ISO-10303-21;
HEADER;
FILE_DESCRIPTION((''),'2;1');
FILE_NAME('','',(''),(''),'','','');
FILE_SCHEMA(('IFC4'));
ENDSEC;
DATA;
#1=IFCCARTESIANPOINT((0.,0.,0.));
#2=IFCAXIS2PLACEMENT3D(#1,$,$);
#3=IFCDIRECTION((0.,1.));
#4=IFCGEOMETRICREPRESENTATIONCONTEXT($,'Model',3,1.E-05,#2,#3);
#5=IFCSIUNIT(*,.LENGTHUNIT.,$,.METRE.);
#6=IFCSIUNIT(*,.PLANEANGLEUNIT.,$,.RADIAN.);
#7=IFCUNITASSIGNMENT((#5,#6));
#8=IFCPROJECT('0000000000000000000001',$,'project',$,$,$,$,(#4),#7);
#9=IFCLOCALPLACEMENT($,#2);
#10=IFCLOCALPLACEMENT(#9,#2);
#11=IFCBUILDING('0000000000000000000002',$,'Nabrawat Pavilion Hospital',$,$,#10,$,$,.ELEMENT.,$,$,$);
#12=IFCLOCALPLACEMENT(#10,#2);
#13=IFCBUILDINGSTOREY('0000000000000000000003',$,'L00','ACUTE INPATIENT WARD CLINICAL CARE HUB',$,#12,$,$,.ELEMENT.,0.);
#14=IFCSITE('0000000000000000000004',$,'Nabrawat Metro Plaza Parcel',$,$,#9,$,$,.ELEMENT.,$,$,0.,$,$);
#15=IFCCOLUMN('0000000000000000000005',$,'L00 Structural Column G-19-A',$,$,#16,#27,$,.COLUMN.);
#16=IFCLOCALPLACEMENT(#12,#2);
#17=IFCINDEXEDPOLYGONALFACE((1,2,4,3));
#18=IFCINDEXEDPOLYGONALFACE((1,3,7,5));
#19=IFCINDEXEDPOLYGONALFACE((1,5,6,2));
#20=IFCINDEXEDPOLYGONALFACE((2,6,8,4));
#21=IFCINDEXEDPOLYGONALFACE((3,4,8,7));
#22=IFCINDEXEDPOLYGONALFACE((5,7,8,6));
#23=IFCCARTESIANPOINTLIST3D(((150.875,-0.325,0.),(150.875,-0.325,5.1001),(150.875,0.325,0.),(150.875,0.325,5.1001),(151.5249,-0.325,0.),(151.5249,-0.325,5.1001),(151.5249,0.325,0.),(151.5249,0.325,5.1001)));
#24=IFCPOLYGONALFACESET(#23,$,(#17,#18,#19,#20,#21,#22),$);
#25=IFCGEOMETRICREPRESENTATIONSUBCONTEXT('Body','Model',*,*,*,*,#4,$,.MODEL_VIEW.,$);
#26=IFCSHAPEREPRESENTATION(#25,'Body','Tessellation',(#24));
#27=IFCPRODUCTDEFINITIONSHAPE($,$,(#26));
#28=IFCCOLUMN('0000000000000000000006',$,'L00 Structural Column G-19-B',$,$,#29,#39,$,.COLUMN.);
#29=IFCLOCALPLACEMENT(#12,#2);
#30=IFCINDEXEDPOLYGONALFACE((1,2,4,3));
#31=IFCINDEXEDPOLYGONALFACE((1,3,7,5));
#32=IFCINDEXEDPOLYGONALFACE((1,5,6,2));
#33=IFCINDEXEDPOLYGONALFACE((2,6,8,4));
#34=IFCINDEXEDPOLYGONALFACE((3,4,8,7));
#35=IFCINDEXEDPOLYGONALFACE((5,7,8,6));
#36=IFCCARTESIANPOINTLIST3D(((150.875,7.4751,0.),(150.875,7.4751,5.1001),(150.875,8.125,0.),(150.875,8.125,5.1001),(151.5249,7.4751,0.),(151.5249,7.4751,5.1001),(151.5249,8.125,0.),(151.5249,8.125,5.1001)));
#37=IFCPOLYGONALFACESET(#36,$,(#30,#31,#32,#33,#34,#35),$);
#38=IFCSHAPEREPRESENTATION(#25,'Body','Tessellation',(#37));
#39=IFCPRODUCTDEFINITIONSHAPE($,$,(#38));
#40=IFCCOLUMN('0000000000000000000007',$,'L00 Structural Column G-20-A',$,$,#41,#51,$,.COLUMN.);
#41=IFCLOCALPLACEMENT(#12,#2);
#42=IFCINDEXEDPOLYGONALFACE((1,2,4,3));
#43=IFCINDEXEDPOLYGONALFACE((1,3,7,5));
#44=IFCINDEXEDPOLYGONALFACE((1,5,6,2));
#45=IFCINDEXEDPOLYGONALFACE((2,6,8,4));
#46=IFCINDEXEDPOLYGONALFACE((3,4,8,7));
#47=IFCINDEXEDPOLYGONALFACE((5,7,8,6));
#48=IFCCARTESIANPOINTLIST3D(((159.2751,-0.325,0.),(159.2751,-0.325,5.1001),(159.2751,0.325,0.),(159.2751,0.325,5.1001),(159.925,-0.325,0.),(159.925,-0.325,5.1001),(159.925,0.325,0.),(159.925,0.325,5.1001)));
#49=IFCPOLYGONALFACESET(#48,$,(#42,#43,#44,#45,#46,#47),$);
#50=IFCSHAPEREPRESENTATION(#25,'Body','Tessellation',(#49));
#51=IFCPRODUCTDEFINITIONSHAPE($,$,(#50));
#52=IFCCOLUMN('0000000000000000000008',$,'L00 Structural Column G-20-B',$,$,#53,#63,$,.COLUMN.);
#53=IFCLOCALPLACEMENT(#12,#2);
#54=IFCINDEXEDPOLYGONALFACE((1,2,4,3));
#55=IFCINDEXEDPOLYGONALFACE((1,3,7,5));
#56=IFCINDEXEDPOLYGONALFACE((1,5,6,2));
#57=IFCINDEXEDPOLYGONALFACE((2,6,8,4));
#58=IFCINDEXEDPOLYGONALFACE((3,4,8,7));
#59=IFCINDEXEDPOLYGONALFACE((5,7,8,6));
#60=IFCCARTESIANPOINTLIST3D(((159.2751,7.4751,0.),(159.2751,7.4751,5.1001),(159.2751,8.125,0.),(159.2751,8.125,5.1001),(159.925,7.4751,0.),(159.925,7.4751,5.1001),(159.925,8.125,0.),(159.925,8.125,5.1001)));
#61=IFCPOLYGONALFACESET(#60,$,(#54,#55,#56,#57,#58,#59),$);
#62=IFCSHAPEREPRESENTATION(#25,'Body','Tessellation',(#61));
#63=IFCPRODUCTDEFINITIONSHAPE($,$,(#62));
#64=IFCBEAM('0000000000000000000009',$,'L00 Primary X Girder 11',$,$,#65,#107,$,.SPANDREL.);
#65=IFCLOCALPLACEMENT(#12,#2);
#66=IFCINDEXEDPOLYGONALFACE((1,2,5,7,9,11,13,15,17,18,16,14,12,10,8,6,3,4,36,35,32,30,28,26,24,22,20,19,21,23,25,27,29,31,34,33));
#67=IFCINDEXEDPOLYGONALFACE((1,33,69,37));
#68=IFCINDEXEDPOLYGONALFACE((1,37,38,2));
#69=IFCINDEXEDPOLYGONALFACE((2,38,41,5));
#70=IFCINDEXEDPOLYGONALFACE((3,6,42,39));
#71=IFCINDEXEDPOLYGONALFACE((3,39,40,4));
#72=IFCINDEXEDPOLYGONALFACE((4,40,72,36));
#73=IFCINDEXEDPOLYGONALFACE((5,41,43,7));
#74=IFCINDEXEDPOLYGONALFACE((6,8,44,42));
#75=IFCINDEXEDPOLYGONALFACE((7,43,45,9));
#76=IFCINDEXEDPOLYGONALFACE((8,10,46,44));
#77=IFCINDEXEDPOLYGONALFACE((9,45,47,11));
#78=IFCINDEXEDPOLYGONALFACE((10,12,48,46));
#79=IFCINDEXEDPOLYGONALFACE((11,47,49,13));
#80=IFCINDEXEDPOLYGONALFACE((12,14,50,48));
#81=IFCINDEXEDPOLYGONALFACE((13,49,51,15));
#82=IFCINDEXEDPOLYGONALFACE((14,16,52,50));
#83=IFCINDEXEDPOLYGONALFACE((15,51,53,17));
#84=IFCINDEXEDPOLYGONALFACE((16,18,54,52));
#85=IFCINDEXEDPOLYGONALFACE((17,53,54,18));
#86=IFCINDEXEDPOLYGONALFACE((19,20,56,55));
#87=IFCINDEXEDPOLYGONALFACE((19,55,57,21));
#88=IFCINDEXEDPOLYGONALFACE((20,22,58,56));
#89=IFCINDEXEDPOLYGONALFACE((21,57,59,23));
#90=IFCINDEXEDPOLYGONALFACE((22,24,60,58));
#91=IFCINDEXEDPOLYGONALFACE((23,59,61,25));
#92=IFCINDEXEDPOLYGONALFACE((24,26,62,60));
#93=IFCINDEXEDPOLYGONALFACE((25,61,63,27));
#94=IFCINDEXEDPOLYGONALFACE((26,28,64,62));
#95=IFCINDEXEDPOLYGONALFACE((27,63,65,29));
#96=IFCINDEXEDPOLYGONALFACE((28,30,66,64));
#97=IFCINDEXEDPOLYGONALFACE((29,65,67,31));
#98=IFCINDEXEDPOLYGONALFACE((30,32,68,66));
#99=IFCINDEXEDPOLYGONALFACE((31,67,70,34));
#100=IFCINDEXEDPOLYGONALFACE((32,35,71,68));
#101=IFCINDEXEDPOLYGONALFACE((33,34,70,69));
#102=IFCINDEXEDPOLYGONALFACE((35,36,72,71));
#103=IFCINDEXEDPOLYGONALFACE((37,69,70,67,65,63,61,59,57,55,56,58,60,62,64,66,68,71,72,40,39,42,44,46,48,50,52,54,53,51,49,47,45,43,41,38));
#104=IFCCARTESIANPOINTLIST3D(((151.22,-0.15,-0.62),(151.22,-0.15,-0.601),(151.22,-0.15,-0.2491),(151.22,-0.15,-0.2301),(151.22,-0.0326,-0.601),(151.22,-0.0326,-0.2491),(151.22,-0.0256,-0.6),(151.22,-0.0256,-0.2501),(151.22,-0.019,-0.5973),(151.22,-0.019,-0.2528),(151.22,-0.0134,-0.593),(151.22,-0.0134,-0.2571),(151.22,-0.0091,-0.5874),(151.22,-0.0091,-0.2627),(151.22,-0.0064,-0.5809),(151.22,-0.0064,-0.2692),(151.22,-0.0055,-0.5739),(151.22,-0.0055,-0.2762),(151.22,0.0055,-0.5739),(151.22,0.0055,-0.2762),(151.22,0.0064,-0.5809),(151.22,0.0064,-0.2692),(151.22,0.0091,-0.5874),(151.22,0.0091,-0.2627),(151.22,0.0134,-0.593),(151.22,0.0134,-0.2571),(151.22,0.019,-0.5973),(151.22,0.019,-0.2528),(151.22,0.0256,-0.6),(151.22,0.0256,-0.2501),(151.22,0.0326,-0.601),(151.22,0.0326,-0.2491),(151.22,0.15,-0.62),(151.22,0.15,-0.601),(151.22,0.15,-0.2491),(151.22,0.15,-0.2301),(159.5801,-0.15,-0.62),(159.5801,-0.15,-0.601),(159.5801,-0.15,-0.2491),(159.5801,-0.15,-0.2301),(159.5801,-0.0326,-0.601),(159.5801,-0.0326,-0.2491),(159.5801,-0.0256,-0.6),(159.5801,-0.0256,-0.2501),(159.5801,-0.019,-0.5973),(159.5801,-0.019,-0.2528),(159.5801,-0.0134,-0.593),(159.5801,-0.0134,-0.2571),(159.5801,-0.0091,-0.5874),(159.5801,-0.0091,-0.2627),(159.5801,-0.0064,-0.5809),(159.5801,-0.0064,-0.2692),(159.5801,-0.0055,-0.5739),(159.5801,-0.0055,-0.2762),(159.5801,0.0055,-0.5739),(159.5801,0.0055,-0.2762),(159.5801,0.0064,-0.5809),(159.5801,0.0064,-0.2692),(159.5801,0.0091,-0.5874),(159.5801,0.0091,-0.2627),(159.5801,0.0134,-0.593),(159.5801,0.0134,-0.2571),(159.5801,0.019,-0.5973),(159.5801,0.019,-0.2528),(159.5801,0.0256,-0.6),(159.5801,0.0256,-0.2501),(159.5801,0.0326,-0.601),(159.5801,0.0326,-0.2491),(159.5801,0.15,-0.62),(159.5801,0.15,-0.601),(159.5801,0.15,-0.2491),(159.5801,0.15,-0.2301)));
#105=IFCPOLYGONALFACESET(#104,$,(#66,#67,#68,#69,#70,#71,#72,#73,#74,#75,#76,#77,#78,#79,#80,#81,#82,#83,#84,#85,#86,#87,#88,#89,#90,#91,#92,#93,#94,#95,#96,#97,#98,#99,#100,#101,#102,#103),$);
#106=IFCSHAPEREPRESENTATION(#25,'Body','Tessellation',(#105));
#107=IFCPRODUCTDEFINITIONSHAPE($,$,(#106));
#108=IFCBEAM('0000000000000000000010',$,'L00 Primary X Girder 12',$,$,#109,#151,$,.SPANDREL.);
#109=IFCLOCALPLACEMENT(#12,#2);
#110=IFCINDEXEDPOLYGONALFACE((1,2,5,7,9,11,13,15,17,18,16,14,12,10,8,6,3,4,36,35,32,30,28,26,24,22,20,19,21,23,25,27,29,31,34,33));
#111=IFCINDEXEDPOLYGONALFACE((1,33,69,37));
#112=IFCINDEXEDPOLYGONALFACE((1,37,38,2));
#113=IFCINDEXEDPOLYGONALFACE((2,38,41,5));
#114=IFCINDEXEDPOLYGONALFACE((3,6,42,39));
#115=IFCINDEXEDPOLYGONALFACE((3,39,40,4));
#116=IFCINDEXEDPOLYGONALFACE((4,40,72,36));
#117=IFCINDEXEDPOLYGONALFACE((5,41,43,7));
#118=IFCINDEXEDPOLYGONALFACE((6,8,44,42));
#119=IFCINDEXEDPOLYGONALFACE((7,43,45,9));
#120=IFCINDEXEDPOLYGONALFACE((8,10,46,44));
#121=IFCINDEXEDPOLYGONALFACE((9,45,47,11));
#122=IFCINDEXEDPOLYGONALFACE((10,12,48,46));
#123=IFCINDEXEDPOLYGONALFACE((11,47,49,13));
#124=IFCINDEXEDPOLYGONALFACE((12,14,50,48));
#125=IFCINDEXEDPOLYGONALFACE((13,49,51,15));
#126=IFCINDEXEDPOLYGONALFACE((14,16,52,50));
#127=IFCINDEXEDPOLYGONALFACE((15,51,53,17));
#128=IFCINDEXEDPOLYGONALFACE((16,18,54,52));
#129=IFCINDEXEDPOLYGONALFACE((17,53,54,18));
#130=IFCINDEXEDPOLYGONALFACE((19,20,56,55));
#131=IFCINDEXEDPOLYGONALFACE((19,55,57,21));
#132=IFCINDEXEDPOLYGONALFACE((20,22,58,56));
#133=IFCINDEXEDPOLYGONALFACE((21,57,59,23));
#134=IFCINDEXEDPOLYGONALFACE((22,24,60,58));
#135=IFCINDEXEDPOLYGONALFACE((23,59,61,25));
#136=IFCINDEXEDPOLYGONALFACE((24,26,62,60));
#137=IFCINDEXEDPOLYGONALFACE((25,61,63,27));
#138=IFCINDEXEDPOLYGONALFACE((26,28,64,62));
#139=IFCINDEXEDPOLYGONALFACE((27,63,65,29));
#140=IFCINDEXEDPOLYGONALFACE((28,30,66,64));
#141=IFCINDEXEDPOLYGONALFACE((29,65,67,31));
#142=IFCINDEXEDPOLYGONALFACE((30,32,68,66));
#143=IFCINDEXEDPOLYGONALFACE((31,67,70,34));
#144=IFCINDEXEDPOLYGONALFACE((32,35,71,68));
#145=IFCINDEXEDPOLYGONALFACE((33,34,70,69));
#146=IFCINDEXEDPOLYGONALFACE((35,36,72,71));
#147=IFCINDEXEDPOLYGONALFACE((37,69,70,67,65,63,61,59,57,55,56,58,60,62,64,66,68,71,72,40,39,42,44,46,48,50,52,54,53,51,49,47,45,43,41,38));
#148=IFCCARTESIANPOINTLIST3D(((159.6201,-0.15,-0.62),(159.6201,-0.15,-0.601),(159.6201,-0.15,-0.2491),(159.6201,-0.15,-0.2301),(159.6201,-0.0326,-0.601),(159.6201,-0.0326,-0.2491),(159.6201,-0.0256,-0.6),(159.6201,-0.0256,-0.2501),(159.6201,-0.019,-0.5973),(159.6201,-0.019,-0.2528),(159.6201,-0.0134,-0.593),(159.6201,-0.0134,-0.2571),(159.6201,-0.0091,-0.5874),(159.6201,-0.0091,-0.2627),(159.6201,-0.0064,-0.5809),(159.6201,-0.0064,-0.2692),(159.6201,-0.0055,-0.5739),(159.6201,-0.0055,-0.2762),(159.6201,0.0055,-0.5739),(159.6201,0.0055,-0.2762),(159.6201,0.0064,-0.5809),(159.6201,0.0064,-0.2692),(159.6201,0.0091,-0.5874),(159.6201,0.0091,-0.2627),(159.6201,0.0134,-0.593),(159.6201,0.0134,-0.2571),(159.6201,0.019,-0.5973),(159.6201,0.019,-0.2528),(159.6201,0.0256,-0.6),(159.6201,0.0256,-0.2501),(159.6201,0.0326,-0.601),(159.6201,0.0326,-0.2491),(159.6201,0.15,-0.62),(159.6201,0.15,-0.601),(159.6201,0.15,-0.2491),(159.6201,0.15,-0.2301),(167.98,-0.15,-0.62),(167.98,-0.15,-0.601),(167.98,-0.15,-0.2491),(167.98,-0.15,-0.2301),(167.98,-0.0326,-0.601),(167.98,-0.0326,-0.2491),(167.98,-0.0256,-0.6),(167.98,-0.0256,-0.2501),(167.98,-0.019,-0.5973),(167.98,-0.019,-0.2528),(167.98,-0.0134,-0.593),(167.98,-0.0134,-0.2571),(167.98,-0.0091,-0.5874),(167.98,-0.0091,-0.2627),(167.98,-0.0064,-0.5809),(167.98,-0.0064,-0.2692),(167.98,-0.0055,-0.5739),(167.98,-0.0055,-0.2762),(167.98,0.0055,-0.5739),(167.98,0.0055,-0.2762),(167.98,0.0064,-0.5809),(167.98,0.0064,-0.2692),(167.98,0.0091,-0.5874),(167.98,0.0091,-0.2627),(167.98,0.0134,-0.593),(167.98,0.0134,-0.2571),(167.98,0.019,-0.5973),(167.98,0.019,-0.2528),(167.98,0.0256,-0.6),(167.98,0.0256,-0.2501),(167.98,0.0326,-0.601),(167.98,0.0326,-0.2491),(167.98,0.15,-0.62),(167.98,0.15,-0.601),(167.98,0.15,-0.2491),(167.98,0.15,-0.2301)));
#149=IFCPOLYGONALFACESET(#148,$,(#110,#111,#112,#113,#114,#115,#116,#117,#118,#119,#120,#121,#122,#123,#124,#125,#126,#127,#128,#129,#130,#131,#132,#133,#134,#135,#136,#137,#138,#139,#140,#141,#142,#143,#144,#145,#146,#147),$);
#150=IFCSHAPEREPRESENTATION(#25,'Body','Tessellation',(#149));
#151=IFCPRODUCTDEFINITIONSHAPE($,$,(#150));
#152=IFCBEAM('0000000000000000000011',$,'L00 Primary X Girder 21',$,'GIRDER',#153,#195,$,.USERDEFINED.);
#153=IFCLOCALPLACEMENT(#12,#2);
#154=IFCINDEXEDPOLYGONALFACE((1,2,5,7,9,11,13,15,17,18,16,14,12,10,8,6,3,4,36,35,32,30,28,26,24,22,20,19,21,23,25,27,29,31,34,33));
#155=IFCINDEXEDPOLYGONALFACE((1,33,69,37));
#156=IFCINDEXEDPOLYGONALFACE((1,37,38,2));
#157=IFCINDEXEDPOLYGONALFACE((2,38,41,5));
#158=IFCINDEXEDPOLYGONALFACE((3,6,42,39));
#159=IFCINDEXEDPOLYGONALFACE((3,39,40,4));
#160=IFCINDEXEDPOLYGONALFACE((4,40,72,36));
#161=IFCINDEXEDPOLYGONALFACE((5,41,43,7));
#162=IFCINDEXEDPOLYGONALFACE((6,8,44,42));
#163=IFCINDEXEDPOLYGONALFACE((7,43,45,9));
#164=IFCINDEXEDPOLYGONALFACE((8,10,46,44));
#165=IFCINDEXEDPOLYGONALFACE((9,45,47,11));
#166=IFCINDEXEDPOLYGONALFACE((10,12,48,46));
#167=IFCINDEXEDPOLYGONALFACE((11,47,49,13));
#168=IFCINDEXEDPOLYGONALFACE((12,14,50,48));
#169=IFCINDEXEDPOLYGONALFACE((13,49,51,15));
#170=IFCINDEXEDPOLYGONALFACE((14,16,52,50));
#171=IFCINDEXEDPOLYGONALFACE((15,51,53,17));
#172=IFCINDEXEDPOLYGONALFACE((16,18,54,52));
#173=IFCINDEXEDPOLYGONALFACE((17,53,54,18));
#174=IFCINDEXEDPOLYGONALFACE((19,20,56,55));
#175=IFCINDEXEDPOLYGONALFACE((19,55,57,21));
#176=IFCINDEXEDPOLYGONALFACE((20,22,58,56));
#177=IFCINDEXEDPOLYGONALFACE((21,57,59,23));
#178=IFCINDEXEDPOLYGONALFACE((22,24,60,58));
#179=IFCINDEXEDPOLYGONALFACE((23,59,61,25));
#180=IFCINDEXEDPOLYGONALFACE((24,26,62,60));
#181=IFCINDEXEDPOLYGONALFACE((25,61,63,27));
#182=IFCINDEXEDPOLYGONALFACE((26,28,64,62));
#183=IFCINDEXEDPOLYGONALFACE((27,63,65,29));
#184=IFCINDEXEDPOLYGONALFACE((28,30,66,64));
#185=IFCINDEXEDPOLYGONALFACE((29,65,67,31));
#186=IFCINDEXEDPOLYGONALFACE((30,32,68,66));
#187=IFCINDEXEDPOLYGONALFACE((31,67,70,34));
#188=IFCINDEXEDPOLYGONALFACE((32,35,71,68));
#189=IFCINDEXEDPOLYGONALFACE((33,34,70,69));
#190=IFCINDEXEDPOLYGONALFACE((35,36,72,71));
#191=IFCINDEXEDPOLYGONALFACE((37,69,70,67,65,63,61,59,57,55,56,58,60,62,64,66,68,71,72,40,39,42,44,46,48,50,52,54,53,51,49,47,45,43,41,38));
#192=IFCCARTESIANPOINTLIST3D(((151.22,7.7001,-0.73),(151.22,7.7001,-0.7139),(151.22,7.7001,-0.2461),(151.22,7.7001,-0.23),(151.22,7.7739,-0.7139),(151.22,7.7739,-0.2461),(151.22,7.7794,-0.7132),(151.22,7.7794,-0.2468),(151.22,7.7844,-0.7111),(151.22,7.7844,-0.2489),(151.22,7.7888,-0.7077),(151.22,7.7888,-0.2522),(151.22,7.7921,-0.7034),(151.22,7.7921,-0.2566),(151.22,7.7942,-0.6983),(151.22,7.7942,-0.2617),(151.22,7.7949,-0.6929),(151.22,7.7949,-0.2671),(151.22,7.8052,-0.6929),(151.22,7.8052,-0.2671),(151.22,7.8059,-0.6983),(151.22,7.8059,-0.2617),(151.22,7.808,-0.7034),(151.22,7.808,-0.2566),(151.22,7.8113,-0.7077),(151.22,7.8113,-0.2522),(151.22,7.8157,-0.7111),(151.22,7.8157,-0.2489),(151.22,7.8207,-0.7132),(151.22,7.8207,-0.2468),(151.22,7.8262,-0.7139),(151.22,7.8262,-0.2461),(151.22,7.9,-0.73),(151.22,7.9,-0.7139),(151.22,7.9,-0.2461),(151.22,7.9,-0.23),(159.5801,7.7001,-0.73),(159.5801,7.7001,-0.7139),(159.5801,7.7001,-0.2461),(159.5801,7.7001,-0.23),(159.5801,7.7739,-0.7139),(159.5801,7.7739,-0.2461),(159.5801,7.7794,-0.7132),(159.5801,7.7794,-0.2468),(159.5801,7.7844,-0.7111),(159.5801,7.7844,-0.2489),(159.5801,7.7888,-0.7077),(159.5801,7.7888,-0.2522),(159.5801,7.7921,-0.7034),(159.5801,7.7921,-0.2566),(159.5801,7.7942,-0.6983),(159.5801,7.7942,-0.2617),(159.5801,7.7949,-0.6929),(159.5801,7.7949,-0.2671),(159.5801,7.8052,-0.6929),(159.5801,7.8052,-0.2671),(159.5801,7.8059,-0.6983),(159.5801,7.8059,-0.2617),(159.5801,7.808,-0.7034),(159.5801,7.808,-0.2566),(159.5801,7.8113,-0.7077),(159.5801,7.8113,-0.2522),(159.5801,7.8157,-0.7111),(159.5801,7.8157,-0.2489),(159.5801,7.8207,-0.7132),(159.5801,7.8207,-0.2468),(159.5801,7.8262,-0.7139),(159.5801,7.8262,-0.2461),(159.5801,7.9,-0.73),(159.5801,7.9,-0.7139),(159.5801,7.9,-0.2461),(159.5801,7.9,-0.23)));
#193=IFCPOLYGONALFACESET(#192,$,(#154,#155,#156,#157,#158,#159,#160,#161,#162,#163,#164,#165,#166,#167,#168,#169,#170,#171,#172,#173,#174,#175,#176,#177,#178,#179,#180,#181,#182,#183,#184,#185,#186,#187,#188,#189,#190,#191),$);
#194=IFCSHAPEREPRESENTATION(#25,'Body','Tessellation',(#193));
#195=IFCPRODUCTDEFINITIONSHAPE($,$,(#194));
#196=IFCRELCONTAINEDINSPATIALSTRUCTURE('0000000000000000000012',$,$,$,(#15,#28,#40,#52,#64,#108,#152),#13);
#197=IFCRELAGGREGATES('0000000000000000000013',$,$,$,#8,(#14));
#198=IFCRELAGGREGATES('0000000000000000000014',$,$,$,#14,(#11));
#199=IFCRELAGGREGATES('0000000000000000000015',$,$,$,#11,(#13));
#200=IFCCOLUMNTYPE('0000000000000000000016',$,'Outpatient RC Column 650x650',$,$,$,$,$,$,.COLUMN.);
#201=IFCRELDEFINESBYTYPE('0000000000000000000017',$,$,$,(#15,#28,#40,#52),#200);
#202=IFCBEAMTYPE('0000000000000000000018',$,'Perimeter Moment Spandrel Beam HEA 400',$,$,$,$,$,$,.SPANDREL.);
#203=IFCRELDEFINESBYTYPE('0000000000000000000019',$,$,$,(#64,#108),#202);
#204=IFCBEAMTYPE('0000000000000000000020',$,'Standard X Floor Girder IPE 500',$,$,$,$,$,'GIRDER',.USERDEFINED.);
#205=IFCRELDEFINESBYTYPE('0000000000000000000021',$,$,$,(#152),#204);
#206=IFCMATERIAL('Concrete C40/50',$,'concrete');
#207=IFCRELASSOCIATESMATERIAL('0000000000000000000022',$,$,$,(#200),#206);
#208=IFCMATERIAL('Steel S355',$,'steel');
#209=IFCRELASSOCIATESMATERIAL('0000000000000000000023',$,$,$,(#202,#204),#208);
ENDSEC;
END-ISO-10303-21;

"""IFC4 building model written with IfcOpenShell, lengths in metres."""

from ifc_helpers import new_model, si_unit, direction, frame, origin, origin_2d, place, context, subcontext, project, spatial, rectangle, i_section, extrude, material, material_profile, profile_set, type_object, element, save


model = new_model("IFC4")

# Units and contexts
model_context = context("Model", 3, precision=1e-05, world=origin(), true_north=direction((0.0, 1.0)))
body_context = subcontext(model_context, "Body", "Model", "MODEL_VIEW")
ifc_project = project(units=[si_unit("LENGTHUNIT", "METRE"), si_unit("PLANEANGLEUNIT", "RADIAN")], contexts=[model_context])

# Site, building, storey
site_placement = place(None, origin())
site = spatial("IfcSite", under=ifc_project, at=site_placement, Name="Nabrawat Metro Plaza Parcel", CompositionType="ELEMENT", RefElevation=0.0)
building_placement = place(site_placement, origin())
building = spatial("IfcBuilding", under=site, at=building_placement, Name="Nabrawat Pavilion Hospital", CompositionType="ELEMENT")
storey_placement = place(building_placement, origin())
storey = spatial("IfcBuildingStorey", under=building, at=storey_placement, Name="L00", Description="ACUTE INPATIENT WARD CLINICAL CARE HUB", CompositionType="ELEMENT", Elevation=0.0)

# Columns
ifc_material_1 = material(Name="Concrete C40/50", Category="concrete")
ifc_material_profile_1 = material_profile(ifc_material_1, rectangle(XDim=0.6499, YDim=0.6499, at=origin_2d()), Name="RC 650x650")
ifc_profile_set_1 = profile_set([ifc_material_profile_1], Name="Concrete C40/50")
column_type = type_object("IfcColumnType", Name="Outpatient RC Column 650x650", PredefinedType="COLUMN", material=ifc_profile_set_1)
for number, where, z_axis, x_axis, name in (
    (1, (151.2, 0.0, 0.0), (0.0, 0.0, 1.0), (1.0, 0.0, 0.0), "L00 Structural Column G-19-A"),
    (2, (151.2, 7.8, 0.0), (0.0, 0.0, 1.0), (1.0, 0.0, 0.0), "L00 Structural Column G-19-B"),
    (3, (159.6001, 0.0, 0.0), (0.0, 0.0, 1.0), (1.0, 0.0, 0.0), "L00 Structural Column G-20-A"),
    (4, (159.6001, 7.8, 0.0), (0.0, 0.0, 1.0), (1.0, 0.0, 0.0), "L00 Structural Column G-20-B"),
):
    element("IfcColumn", number, at=place(storey_placement, frame(where, z_axis=z_axis, x_axis=x_axis)), inside=storey, type_object=column_type, Name=name, PredefinedType="COLUMN", context=body_context, shape_type="SweptSolid", body=[
        extrude(rectangle(XDim=0.6499, YDim=0.6499, at=origin_2d()), origin(), (0.0, 0.0, 1.0), 5.1001),
    ])

# Beams
ifc_material_2 = material(Name="Steel S355", Category="steel")
ifc_material_profile_2 = material_profile(ifc_material_2, i_section(OverallWidth=0.3, OverallDepth=0.3899, WebThickness=0.011, FlangeThickness=0.019, FilletRadius=0.0271, at=origin_2d()), Name="HEA 400")
ifc_profile_set_2 = profile_set([ifc_material_profile_2], Name="Steel S355")
beam_type_1 = type_object("IfcBeamType", Name="Perimeter Moment Spandrel Beam HEA 400", PredefinedType="SPANDREL", material=ifc_profile_set_2)
beam_1_placement = place(storey_placement, frame((151.22, 0.0, -0.425), z_axis=(1.0, 0.0, 0.0), x_axis=(0.0, 1.0, 0.0)))
element("IfcBeam", 5, at=beam_1_placement, inside=storey, type_object=beam_type_1, Name="L00 Primary X Girder 11", PredefinedType="SPANDREL", context=body_context, shape_type="SweptSolid", body=[
    extrude(i_section(OverallWidth=0.3, OverallDepth=0.3899, WebThickness=0.011, FlangeThickness=0.019, FilletRadius=0.0271, at=origin_2d()), origin(), (0.0, 0.0, 1.0), 8.3601),
])
beam_2_placement = place(storey_placement, frame((159.6201, 0.0, -0.425), z_axis=(1.0, 0.0, 0.0), x_axis=(0.0, 1.0, 0.0)))
element("IfcBeam", 6, at=beam_2_placement, inside=storey, type_object=beam_type_1, Name="L00 Primary X Girder 12", PredefinedType="SPANDREL", context=body_context, shape_type="SweptSolid", body=[
    extrude(i_section(OverallWidth=0.3, OverallDepth=0.3899, WebThickness=0.011, FlangeThickness=0.019, FilletRadius=0.0271, at=origin_2d()), origin(), (0.0, 0.0, 1.0), 8.3599),
])
ifc_material_profile_3 = material_profile(ifc_material_2, i_section(OverallWidth=0.2, OverallDepth=0.5, WebThickness=0.0103, FlangeThickness=0.0161, FilletRadius=0.021, at=origin_2d()), Name="IPE 500")
ifc_profile_set_3 = profile_set([ifc_material_profile_3], Name="Steel S355")
beam_type_2 = type_object("IfcBeamType", Name="Standard X Floor Girder IPE 500", ElementType="GIRDER", PredefinedType="USERDEFINED", material=ifc_profile_set_3)
beam_3_placement = place(storey_placement, frame((151.22, 7.8, -0.48), z_axis=(1.0, 0.0, 0.0), x_axis=(0.0, 1.0, 0.0)))
element("IfcBeam", 7, at=beam_3_placement, inside=storey, type_object=beam_type_2, Name="L00 Primary X Girder 21", ObjectType="GIRDER", PredefinedType="USERDEFINED", context=body_context, shape_type="SweptSolid", body=[
    extrude(i_section(OverallWidth=0.2, OverallDepth=0.5, WebThickness=0.0103, FlangeThickness=0.0161, FilletRadius=0.021, at=origin_2d()), origin(), (0.0, 0.0, 1.0), 8.3601),
])

save(model, "model.ifc")
